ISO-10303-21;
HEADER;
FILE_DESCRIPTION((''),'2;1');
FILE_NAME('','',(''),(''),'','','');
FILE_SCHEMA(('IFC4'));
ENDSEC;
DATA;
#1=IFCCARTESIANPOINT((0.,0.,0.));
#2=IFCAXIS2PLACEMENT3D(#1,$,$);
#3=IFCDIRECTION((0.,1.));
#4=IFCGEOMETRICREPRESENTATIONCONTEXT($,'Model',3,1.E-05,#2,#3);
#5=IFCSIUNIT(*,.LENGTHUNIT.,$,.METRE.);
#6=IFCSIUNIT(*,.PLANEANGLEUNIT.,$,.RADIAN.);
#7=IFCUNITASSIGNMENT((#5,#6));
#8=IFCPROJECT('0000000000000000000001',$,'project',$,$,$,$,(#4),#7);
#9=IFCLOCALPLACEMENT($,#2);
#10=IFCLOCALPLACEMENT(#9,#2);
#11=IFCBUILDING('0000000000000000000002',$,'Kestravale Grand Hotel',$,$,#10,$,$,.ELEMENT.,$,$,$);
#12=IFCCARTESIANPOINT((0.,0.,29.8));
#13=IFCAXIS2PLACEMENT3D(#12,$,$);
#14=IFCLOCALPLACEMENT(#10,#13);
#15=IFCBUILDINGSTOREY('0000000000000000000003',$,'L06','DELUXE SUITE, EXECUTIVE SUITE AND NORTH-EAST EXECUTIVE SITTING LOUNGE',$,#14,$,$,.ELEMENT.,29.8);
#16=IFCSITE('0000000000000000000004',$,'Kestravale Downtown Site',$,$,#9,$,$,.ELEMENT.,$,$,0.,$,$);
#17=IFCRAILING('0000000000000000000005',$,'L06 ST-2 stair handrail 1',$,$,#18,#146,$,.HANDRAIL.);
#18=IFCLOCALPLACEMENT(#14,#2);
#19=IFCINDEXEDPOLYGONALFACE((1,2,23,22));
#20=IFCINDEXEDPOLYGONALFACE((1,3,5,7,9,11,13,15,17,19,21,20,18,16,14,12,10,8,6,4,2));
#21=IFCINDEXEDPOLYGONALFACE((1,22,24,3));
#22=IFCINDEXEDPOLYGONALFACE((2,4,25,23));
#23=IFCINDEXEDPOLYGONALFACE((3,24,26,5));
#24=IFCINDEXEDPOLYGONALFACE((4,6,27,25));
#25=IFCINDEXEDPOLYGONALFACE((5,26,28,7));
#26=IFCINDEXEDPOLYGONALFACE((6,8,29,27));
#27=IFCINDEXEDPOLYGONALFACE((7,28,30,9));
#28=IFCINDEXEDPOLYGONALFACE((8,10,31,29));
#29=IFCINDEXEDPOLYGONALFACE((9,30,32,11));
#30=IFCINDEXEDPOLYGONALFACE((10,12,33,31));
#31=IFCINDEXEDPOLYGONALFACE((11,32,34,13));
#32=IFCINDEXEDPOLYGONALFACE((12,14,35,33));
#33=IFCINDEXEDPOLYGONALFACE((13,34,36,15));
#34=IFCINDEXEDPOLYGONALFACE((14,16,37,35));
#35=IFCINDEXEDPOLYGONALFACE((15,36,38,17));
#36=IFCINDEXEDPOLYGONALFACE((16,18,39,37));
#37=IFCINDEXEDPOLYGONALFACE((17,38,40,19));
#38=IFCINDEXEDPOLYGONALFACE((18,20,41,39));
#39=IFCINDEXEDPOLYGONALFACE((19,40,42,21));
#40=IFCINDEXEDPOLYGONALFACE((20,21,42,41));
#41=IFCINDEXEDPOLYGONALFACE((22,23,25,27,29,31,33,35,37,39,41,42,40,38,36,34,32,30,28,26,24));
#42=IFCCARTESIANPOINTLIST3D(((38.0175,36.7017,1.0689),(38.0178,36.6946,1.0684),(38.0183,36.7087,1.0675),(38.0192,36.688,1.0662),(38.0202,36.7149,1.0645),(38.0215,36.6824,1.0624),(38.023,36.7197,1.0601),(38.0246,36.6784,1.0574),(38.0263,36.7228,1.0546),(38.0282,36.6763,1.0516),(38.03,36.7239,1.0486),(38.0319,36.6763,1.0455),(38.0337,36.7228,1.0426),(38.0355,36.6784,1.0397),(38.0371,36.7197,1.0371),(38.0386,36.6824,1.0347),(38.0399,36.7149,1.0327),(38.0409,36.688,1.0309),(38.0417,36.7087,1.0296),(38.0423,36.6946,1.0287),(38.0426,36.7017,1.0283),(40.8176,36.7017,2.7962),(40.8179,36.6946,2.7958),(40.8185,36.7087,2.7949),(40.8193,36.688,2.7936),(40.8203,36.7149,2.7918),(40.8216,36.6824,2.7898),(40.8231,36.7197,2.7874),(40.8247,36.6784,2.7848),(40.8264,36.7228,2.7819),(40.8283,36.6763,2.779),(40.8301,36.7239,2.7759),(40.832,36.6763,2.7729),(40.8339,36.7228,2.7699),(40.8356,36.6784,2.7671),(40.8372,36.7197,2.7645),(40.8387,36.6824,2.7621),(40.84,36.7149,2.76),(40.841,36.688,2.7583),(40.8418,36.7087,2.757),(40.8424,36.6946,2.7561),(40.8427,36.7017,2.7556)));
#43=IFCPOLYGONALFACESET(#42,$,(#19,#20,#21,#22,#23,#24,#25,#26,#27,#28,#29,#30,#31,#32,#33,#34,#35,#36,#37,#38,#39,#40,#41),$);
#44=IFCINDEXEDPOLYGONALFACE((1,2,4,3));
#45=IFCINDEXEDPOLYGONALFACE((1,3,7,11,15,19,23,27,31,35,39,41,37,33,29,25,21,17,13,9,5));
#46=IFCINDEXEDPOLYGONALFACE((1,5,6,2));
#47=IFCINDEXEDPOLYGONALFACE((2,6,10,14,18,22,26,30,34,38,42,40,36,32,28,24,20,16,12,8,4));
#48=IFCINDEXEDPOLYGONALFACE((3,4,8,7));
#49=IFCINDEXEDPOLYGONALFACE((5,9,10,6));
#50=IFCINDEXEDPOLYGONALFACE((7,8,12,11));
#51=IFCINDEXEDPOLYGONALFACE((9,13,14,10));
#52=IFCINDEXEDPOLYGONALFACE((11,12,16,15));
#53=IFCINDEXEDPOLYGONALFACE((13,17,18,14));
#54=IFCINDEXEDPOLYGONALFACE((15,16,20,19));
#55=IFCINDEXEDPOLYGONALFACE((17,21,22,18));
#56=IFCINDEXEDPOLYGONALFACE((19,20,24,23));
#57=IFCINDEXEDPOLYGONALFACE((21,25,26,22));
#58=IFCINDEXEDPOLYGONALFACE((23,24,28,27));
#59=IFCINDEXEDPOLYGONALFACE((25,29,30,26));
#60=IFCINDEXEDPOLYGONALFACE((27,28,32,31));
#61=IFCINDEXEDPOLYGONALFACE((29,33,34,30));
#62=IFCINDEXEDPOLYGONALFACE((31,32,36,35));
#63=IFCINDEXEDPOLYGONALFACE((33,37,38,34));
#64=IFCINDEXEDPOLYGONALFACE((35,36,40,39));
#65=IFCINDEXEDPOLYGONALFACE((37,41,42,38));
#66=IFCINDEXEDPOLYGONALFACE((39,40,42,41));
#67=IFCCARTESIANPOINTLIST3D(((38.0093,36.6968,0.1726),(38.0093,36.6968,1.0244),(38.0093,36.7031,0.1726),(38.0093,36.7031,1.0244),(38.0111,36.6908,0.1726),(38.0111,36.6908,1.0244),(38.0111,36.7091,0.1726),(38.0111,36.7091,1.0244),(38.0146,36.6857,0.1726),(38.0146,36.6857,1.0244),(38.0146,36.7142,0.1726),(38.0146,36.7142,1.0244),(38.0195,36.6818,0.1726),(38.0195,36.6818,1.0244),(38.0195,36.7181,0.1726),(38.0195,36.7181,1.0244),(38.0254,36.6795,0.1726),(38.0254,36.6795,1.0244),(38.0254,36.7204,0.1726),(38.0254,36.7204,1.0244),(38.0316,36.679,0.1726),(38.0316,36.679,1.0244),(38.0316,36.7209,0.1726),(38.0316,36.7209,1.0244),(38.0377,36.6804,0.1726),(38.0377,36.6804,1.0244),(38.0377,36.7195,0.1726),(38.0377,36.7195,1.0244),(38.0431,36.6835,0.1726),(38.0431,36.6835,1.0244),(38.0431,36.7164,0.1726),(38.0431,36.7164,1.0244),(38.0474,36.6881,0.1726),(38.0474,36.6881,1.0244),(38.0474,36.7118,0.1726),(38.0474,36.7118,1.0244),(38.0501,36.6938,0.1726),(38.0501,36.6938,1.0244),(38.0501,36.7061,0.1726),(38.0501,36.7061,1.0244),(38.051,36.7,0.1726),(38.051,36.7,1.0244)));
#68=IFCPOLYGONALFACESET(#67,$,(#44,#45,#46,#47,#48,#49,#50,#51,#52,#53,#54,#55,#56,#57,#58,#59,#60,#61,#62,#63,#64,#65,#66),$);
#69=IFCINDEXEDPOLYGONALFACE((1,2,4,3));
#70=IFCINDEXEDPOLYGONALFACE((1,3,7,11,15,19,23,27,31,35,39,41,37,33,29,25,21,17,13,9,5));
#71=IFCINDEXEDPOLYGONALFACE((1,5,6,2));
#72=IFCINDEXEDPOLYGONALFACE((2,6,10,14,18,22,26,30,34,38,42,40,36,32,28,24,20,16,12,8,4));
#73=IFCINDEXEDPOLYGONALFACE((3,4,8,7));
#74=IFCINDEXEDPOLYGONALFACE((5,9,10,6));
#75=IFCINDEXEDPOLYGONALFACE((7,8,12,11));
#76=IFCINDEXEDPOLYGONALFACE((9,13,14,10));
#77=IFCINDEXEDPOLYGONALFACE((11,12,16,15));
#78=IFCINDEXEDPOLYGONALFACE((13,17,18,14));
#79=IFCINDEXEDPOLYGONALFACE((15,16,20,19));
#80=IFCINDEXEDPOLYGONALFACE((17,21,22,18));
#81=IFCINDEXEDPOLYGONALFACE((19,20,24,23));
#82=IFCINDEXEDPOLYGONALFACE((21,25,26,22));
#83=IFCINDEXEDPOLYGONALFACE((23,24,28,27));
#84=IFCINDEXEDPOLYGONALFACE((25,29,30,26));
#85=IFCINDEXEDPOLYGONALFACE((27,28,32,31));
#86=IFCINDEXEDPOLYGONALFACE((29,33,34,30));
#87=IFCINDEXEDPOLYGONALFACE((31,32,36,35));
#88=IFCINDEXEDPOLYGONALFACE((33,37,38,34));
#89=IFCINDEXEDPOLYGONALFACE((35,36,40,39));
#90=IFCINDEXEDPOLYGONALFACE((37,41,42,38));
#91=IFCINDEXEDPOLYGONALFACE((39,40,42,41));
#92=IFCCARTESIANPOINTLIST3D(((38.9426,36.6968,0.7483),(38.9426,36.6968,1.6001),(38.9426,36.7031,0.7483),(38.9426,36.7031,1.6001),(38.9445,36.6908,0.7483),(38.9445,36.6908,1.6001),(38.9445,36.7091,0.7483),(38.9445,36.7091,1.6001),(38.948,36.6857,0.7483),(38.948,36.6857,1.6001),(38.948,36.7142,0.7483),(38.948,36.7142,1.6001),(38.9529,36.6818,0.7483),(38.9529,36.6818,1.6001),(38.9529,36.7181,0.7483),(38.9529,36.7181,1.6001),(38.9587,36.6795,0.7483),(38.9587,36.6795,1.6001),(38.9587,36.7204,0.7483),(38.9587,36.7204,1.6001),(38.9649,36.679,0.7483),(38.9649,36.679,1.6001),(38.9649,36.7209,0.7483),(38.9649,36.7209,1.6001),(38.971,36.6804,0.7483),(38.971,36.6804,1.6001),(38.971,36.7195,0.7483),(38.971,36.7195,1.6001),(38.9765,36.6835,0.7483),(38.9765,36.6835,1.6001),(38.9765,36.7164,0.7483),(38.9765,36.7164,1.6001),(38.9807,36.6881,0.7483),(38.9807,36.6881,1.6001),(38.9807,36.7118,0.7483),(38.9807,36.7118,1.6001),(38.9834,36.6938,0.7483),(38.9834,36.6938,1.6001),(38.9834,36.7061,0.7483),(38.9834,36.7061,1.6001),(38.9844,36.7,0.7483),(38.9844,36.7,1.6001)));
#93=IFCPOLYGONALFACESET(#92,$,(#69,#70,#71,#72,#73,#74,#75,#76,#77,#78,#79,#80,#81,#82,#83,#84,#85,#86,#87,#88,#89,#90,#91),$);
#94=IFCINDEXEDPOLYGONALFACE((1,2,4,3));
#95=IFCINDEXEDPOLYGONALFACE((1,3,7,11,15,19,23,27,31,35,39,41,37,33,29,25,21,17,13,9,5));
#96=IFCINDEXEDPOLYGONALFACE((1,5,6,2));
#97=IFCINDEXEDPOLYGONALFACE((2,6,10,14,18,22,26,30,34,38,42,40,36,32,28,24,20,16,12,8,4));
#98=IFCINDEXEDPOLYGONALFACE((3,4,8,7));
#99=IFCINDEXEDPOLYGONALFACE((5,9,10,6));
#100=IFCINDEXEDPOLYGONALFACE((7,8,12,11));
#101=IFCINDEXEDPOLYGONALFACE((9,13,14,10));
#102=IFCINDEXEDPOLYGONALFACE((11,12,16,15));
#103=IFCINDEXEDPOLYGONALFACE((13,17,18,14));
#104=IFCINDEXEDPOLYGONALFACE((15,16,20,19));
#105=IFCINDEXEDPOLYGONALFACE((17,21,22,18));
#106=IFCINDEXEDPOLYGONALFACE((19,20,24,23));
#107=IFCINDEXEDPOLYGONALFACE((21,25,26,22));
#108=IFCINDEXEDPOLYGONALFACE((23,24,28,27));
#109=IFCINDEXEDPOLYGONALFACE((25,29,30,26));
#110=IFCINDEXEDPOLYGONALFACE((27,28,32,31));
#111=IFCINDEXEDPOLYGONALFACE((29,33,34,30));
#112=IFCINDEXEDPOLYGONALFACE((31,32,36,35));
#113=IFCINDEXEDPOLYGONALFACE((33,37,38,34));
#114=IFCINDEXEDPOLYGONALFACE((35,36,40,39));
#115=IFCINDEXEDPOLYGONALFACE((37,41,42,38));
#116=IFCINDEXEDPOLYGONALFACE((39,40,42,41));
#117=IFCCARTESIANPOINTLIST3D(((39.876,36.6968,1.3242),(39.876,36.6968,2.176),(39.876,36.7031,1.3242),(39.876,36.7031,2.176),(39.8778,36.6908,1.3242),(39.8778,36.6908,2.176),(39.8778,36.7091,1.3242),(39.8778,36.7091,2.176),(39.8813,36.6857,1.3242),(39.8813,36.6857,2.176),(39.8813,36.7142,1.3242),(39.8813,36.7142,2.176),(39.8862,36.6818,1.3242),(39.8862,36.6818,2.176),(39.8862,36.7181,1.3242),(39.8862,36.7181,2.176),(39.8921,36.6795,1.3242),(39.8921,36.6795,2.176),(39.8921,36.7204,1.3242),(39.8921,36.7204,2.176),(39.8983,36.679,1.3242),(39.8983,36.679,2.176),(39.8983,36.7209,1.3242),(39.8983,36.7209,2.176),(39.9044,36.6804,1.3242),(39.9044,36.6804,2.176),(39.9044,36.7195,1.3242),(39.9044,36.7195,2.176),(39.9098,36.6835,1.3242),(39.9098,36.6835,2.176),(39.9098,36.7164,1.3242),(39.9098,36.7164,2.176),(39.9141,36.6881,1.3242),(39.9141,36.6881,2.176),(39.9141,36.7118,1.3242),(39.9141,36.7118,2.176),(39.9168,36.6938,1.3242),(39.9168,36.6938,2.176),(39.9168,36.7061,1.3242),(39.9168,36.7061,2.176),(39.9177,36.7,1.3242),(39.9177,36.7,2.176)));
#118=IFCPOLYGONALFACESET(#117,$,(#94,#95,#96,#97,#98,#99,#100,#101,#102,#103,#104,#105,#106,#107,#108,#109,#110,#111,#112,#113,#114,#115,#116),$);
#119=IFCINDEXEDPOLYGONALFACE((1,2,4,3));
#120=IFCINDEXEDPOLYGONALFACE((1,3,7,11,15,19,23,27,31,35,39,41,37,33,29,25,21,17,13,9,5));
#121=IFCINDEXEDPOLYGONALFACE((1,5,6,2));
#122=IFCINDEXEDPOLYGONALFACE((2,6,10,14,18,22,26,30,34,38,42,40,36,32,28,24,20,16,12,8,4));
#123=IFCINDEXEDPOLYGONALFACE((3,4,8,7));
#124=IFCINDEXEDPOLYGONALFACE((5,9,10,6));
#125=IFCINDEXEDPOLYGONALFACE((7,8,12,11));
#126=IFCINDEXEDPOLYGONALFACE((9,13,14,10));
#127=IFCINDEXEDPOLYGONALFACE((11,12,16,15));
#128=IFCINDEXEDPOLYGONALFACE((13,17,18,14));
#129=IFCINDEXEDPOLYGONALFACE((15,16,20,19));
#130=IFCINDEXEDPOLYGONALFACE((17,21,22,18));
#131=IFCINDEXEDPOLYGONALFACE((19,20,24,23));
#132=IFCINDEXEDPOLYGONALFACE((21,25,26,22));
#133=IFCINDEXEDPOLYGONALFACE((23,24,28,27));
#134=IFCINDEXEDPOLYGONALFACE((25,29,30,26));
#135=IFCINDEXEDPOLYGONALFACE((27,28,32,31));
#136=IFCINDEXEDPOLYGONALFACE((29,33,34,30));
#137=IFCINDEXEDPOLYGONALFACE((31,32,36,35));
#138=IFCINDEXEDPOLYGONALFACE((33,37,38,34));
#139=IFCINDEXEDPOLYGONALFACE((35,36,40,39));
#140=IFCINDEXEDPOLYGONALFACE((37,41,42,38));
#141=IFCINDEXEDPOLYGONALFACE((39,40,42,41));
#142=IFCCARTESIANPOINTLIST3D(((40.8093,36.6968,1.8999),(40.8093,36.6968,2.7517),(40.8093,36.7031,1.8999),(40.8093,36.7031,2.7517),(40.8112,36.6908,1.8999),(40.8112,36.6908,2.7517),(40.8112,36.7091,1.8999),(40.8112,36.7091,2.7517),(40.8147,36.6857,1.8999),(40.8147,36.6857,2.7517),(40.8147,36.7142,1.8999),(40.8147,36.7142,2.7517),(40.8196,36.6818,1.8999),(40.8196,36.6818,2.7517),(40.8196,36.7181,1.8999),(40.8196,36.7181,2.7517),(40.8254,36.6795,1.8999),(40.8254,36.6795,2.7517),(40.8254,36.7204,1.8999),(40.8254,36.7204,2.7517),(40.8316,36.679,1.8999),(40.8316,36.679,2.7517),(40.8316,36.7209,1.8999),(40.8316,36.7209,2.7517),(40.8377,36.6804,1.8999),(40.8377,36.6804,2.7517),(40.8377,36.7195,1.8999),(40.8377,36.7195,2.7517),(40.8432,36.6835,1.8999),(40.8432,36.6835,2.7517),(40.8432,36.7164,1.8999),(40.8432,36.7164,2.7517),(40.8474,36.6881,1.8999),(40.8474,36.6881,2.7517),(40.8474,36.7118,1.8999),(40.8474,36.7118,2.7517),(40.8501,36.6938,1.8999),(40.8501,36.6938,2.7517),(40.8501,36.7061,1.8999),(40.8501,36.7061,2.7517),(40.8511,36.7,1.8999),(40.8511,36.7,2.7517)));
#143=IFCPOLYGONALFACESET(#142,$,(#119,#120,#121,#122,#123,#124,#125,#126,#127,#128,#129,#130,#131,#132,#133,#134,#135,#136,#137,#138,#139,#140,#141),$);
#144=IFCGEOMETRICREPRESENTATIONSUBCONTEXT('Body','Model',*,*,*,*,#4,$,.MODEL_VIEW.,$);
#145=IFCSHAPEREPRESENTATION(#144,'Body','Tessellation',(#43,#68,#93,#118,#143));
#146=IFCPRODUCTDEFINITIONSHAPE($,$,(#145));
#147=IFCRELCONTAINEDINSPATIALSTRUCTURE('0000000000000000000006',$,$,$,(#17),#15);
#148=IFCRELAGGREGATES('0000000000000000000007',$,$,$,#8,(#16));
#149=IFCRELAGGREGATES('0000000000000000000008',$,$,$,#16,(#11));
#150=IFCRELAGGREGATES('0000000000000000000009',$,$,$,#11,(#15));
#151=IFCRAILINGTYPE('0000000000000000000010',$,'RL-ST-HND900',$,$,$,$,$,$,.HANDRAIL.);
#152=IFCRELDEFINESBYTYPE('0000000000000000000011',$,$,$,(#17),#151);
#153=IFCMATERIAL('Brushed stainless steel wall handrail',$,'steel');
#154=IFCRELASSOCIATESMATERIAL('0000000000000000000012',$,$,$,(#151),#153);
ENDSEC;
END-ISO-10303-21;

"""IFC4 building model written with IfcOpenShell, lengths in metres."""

from ifc_helpers import new_model, si_unit, direction, frame, origin, origin_2d, place, context, subcontext, project, spatial, circle, extrude, material, type_object, element, save


model = new_model("IFC4")

# Units and contexts
model_context = context("Model", 3, precision=1e-05, world=origin(), true_north=direction((0.0, 1.0)))
body_context = subcontext(model_context, "Body", "Model", "MODEL_VIEW")
ifc_project = project(units=[si_unit("LENGTHUNIT", "METRE"), si_unit("PLANEANGLEUNIT", "RADIAN")], contexts=[model_context])

# Site, building, storey
site_placement = place(None, origin())
site = spatial("IfcSite", under=ifc_project, at=site_placement, Name="Kestravale Downtown Site", CompositionType="ELEMENT", RefElevation=0.0)
building_placement = place(site_placement, origin())
building = spatial("IfcBuilding", under=site, at=building_placement, Name="Kestravale Grand Hotel", CompositionType="ELEMENT")
storey_placement = place(building_placement, frame((0.0, 0.0, 29.8)))
storey = spatial("IfcBuildingStorey", under=building, at=storey_placement, Name="L06", Description="DELUXE SUITE, EXECUTIVE SUITE AND NORTH-EAST EXECUTIVE SITTING LOUNGE", CompositionType="ELEMENT", Elevation=29.8)

# Railing
ifc_material_1 = material(Name="Brushed stainless steel wall handrail", Category="steel")
railing_type_1 = type_object("IfcRailingType", Name="RL-ST-HND900", PredefinedType="HANDRAIL", material=ifc_material_1)
railing_1_placement = place(storey_placement, frame((38.03, 36.7, 0.1726)))
element("IfcRailing", 1, at=railing_1_placement, inside=storey, type_object=railing_type_1, Name="L06 ST-2 stair handrail 1", PredefinedType="HANDRAIL", context=body_context, shape_type="SweptSolid", body=[
    extrude(circle(Radius=0.0239, at=origin_2d()), frame((0.0, 0.0, 0.876), z_axis=(0.85109, 0.0, 0.52502), x_axis=(0.0, 1.0, 0.0)), (0.0, 0.0, 1.0), 3.29),
    extrude(circle(Radius=0.021, at=origin_2d()), origin(), (0.0, 0.0, 1.0), 0.8518),
    extrude(circle(Radius=0.021, at=origin_2d()), frame((0.9333, 0.0, 0.5757)), (0.0, 0.0, 1.0), 0.8518),
    extrude(circle(Radius=0.021, at=origin_2d()), frame((1.8667, 0.0, 1.1516)), (0.0, 0.0, 1.0), 0.8518),
    extrude(circle(Radius=0.021, at=origin_2d()), frame((2.8, 0.0, 1.7273)), (0.0, 0.0, 1.0), 0.8518),
])

save(model, "model.ifc")
